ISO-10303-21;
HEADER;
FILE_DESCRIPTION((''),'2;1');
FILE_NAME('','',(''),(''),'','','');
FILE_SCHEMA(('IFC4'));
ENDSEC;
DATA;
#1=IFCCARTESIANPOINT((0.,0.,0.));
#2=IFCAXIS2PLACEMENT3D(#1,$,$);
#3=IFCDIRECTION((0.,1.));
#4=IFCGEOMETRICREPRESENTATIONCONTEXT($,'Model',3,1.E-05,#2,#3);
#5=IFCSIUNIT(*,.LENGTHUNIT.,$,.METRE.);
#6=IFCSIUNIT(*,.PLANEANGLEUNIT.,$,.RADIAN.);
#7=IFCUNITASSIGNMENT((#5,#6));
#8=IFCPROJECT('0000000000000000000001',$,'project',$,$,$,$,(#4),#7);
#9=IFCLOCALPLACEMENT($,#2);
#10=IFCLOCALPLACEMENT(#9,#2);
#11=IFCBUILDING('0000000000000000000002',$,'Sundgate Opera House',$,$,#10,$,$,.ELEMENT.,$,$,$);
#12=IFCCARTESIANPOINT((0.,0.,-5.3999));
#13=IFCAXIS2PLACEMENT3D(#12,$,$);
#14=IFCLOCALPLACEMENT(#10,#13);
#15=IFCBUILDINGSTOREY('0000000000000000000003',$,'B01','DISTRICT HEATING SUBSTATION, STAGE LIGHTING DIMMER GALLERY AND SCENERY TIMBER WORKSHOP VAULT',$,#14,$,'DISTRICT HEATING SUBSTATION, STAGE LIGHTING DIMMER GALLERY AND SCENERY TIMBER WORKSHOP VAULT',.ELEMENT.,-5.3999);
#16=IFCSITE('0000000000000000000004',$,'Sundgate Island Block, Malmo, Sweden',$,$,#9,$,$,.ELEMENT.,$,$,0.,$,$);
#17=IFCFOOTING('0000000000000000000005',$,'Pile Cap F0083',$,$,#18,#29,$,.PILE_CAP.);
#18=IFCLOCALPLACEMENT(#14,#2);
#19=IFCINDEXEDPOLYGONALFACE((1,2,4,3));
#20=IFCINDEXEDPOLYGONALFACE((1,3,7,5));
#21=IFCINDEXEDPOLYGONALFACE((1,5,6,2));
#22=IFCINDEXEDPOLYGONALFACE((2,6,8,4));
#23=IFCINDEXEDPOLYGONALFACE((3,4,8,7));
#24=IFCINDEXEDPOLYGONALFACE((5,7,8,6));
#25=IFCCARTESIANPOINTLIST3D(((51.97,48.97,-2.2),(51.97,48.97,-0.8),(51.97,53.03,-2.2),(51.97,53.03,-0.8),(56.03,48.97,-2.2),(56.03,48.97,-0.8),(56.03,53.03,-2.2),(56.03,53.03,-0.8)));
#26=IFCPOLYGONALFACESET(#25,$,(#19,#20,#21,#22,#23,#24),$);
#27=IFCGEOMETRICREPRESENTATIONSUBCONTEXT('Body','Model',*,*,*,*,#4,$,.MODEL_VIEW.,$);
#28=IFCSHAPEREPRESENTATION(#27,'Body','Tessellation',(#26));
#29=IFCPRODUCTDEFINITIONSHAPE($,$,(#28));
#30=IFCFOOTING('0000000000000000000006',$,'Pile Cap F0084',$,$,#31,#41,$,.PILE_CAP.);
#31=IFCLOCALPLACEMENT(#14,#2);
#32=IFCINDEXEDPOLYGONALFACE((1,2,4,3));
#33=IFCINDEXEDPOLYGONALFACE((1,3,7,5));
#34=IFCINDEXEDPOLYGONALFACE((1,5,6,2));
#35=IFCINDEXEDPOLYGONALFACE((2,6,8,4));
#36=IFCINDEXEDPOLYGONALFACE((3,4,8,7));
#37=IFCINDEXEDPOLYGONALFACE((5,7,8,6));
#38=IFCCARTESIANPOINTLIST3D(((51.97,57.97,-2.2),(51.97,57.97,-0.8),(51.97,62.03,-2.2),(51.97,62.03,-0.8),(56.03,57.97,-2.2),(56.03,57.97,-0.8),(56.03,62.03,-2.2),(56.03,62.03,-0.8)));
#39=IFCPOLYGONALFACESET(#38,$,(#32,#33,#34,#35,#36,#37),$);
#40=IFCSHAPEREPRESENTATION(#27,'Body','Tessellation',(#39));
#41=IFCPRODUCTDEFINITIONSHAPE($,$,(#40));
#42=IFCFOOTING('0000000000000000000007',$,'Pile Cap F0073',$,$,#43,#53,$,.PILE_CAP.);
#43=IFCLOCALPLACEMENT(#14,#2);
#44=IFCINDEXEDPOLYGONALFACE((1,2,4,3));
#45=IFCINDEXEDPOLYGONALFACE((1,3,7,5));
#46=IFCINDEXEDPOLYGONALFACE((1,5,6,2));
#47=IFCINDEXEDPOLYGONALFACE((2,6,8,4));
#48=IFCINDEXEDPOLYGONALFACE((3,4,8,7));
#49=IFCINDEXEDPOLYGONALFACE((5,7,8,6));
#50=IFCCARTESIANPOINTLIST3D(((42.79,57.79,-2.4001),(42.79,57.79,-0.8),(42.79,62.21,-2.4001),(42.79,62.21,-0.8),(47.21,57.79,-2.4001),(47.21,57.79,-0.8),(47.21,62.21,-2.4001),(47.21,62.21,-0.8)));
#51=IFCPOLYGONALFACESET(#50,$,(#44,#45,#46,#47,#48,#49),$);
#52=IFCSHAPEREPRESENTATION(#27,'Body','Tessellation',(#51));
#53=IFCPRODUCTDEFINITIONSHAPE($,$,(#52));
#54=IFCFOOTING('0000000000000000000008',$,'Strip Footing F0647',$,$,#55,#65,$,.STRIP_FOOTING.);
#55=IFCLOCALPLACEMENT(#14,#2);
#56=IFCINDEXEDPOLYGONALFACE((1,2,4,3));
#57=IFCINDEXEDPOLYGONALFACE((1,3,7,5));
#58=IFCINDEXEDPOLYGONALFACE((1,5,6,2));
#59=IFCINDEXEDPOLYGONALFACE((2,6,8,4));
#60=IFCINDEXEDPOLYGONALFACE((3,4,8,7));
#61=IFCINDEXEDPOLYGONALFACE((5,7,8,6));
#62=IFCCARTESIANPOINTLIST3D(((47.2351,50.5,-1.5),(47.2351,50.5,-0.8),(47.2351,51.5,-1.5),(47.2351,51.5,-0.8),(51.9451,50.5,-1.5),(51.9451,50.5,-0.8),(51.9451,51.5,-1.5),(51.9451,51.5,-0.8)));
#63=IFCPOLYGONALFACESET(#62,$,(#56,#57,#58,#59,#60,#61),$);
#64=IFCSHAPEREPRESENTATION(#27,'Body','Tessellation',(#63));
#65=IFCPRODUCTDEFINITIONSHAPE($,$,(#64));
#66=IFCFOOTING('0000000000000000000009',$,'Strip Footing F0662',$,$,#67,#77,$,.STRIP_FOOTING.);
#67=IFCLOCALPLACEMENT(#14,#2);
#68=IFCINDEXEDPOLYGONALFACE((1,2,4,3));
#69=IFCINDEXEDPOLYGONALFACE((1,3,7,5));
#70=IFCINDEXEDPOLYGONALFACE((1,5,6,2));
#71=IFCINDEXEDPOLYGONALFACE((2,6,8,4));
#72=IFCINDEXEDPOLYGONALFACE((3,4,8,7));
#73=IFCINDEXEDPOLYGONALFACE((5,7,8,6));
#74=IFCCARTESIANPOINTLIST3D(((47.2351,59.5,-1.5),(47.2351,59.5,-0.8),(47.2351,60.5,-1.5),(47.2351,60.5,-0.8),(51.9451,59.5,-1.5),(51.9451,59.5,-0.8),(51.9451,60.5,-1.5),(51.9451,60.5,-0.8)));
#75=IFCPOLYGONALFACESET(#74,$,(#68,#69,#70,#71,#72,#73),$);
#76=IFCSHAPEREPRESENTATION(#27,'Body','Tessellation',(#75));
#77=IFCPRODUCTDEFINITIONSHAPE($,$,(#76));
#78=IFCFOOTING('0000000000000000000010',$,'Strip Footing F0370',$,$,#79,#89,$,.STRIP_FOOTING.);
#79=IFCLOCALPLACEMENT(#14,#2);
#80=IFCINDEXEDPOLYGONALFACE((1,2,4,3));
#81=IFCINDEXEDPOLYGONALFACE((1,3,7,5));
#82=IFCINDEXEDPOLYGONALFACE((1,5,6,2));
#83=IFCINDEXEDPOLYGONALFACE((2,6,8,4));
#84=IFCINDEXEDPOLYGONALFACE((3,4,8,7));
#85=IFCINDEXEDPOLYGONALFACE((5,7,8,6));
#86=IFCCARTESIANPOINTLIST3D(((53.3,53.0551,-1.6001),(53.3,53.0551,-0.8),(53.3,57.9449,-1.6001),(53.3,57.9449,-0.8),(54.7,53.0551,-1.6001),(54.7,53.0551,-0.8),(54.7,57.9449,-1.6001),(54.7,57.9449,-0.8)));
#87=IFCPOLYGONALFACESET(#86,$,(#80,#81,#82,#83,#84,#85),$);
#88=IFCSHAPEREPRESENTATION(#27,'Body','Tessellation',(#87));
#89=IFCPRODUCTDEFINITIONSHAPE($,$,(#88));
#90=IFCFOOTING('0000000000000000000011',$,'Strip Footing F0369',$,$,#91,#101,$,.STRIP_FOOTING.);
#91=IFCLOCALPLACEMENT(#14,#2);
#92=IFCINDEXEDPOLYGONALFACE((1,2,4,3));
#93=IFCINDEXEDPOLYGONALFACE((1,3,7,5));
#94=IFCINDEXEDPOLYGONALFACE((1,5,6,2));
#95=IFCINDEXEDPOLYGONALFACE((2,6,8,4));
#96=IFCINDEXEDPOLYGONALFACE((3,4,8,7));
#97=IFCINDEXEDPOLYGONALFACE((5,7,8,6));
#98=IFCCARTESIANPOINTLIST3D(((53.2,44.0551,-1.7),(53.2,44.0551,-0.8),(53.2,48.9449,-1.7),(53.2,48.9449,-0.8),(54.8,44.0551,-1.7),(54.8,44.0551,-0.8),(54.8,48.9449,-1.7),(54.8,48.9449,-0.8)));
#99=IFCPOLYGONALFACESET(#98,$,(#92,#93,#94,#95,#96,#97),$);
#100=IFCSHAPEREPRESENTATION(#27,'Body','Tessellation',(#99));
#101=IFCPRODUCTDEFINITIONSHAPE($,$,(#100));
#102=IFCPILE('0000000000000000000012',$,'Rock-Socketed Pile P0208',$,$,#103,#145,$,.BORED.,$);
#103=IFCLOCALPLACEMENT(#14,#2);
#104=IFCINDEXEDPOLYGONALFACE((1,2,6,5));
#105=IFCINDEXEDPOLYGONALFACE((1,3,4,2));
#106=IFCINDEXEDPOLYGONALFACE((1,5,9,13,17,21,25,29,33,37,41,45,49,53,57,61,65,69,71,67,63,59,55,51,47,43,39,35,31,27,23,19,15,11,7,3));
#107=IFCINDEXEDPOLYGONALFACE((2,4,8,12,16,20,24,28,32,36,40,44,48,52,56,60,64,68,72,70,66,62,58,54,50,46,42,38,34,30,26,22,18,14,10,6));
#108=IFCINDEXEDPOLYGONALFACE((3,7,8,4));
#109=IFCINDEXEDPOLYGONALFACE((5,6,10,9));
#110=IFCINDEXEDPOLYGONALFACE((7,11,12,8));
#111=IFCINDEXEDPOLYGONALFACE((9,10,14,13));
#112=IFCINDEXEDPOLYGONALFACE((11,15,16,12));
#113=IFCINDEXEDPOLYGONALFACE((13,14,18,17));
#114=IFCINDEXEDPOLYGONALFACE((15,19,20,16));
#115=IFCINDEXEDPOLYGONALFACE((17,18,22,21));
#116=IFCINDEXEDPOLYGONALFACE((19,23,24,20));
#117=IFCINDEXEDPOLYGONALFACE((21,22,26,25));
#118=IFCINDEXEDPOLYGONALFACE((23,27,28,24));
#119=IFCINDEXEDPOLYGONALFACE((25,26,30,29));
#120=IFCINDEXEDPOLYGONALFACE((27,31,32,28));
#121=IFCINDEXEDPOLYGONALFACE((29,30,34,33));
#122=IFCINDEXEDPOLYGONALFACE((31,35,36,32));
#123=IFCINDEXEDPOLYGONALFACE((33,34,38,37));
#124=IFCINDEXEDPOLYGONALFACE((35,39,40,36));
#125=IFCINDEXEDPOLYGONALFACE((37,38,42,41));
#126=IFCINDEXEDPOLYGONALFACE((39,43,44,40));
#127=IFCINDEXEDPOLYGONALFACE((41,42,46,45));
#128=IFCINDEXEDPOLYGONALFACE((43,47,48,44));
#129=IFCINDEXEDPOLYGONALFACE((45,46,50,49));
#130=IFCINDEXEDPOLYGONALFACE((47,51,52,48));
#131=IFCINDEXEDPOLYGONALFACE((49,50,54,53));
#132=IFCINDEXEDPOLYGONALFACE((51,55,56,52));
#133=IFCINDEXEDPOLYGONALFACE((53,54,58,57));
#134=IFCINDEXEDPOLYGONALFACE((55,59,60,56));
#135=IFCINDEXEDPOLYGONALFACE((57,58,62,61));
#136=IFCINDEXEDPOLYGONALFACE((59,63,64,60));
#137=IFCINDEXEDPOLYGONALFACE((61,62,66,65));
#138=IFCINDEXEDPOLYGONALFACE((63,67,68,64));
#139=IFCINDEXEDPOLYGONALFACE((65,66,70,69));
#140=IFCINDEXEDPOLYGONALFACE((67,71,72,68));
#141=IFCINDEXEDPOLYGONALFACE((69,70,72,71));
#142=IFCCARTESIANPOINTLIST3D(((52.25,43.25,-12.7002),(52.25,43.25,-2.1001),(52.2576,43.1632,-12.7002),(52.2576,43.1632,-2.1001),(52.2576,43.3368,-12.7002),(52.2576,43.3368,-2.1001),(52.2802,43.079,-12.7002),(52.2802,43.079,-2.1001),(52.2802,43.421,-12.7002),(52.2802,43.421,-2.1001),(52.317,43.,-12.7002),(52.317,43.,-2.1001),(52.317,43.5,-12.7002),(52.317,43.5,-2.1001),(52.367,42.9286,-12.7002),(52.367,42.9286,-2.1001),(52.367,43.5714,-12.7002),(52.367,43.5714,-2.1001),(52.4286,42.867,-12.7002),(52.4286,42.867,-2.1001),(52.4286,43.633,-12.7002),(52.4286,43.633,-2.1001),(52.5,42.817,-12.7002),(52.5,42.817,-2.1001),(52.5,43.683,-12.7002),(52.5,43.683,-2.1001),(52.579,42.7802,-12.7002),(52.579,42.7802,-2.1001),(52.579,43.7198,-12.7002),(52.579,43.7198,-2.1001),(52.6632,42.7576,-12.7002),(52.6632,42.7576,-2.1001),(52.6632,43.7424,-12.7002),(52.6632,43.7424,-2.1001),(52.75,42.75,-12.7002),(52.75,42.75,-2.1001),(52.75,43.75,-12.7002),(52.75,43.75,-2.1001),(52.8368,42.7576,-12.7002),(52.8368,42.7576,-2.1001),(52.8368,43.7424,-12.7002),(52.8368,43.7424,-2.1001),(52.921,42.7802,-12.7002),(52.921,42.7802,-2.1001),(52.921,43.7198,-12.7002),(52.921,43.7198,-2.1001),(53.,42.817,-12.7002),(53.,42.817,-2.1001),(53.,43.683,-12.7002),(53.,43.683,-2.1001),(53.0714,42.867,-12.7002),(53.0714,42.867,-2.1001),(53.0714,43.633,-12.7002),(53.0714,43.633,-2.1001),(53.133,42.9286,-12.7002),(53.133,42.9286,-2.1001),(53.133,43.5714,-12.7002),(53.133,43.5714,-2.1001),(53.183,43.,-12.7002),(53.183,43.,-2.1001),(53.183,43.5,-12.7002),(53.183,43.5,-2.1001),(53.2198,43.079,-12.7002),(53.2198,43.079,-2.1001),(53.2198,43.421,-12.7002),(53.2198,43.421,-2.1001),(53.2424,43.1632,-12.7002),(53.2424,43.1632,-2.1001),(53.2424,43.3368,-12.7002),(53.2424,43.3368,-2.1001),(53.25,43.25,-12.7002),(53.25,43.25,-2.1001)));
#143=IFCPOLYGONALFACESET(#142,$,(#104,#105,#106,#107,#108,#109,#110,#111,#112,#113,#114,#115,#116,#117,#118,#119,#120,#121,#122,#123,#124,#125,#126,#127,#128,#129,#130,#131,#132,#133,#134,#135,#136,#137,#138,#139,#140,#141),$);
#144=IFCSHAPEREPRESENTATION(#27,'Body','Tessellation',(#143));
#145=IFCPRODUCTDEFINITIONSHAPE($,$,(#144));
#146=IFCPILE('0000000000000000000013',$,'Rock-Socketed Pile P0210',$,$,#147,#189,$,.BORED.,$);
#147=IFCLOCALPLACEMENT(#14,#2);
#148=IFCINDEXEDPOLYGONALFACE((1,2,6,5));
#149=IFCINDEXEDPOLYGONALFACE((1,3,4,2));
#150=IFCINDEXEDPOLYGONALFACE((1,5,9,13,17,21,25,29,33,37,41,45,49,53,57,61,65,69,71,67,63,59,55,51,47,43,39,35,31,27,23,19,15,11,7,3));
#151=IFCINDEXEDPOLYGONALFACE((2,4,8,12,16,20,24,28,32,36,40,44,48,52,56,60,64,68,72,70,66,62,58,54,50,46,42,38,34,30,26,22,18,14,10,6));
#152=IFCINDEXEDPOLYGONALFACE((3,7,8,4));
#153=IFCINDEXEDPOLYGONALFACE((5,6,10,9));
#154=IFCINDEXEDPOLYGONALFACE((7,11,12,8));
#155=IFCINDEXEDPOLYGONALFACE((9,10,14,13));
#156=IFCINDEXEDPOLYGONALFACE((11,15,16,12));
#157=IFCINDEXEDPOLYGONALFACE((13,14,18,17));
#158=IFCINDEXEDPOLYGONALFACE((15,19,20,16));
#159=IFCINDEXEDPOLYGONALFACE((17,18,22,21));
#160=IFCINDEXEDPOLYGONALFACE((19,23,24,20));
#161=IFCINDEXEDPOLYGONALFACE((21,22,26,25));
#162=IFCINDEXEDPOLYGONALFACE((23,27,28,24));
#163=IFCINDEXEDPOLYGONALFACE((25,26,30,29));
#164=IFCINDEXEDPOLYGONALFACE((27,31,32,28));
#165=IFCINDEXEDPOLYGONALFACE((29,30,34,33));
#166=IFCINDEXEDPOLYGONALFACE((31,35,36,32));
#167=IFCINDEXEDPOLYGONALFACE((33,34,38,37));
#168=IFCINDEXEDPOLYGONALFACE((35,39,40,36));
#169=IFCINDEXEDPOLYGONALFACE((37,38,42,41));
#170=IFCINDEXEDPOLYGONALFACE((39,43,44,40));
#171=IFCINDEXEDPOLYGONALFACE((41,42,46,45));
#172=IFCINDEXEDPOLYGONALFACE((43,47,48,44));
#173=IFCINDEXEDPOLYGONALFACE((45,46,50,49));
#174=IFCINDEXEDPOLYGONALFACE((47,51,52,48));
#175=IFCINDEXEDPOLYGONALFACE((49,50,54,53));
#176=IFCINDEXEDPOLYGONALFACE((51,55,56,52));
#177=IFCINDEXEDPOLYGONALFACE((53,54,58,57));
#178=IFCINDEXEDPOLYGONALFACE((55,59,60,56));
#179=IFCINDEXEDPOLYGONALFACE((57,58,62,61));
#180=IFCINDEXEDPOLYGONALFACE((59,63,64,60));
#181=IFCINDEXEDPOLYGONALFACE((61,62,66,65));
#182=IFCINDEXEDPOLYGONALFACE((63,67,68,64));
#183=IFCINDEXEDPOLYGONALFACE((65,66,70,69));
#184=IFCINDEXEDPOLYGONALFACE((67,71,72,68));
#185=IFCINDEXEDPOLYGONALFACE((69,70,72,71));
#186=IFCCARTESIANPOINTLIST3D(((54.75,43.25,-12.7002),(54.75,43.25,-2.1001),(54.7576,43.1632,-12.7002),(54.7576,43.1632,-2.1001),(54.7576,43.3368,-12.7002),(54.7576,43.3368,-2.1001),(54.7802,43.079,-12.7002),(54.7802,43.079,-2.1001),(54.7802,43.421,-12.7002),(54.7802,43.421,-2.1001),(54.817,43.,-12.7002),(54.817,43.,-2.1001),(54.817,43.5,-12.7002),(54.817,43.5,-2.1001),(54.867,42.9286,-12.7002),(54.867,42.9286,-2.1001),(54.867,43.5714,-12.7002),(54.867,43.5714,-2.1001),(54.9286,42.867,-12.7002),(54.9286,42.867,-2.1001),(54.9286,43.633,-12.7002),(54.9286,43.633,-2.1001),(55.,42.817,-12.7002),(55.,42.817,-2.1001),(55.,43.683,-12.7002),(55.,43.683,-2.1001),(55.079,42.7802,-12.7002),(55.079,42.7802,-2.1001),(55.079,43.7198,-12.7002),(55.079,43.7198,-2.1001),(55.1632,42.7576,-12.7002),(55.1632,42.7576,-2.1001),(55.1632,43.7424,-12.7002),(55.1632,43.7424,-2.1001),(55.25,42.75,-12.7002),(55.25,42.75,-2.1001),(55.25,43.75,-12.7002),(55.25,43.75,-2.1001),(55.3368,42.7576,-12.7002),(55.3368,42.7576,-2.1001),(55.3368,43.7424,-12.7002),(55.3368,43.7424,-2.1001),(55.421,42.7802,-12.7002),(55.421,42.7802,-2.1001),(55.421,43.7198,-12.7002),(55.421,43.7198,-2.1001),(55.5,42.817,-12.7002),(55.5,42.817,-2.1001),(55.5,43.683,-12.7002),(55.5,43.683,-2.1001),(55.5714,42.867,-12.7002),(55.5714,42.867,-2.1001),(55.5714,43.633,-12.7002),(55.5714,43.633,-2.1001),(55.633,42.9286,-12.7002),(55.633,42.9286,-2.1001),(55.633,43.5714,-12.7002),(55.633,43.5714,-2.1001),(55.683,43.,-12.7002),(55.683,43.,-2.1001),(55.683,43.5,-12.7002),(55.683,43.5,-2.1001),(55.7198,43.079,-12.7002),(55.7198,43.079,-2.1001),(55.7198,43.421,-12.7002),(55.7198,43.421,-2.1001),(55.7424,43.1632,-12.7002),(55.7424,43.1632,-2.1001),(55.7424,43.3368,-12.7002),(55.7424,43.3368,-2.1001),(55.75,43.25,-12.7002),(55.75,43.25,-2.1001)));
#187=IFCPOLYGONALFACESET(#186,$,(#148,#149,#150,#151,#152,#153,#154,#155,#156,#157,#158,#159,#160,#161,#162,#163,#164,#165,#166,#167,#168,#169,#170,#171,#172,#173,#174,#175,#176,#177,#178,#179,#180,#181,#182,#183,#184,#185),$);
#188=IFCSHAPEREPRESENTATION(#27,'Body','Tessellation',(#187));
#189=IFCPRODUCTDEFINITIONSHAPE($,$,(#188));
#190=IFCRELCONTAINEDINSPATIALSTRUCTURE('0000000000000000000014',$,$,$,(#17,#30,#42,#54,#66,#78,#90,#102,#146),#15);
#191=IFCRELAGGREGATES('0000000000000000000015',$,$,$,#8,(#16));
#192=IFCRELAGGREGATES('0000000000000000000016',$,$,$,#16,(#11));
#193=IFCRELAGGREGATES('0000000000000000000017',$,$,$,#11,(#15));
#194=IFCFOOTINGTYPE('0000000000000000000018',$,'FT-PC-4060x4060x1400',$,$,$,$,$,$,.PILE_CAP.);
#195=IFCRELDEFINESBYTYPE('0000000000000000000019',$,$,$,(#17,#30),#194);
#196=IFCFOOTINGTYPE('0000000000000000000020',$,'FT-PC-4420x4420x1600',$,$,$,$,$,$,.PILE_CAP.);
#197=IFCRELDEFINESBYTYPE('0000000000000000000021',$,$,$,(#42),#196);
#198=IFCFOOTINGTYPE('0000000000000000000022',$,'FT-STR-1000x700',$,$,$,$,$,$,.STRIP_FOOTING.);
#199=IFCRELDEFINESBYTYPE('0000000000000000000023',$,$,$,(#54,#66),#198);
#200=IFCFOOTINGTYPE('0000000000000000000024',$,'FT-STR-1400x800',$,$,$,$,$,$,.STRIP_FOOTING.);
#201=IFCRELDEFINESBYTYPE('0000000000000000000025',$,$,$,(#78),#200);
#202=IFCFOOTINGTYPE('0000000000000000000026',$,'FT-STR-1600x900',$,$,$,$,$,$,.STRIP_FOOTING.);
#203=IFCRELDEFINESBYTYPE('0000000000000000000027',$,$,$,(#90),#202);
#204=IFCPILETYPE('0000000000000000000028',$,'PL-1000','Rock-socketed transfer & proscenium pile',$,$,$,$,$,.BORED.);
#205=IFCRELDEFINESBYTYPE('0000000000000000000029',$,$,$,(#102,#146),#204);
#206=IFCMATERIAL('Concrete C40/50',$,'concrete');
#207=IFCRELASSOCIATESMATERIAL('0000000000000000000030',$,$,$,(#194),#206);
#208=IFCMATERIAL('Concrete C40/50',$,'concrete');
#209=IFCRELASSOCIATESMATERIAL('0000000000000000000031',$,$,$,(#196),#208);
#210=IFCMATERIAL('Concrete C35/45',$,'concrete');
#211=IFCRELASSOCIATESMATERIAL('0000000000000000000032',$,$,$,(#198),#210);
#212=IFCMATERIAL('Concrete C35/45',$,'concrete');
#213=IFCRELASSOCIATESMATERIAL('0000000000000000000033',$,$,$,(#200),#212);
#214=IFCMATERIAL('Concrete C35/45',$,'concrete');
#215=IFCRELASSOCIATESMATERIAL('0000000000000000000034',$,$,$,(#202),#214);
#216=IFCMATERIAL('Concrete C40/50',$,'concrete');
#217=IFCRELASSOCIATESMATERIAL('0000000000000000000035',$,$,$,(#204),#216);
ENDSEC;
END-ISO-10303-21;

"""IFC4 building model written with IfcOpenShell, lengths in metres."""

from ifc_helpers import new_model, si_unit, direction, frame, origin, origin_2d, place, context, subcontext, project, spatial, rectangle, circle, extrude, material, material_profile, profile_set, type_object, element, save


model = new_model("IFC4")

# Units and contexts
model_context = context("Model", 3, precision=1e-05, world=origin(), true_north=direction((0.0, 1.0)))
body_context = subcontext(model_context, "Body", "Model", "MODEL_VIEW")
ifc_project = project(units=[si_unit("LENGTHUNIT", "METRE"), si_unit("PLANEANGLEUNIT", "RADIAN")], contexts=[model_context])

# Site, building, storey
site_placement = place(None, origin())
site = spatial("IfcSite", under=ifc_project, at=site_placement, Name="Sundgate Island Block, Malmo, Sweden", CompositionType="ELEMENT", RefElevation=0.0)
building_placement = place(site_placement, origin())
building = spatial("IfcBuilding", under=site, at=building_placement, Name="Sundgate Opera House", CompositionType="ELEMENT")
storey_placement = place(building_placement, frame((0.0, 0.0, -5.3999)))
storey = spatial("IfcBuildingStorey", under=building, at=storey_placement, Name="B01", Description="DISTRICT HEATING SUBSTATION, STAGE LIGHTING DIMMER GALLERY AND SCENERY TIMBER WORKSHOP VAULT", LongName="DISTRICT HEATING SUBSTATION, STAGE LIGHTING DIMMER GALLERY AND SCENERY TIMBER WORKSHOP VAULT", CompositionType="ELEMENT", Elevation=-5.3999)

# Footings
ifc_material_1 = material(Name="Concrete C40/50", Category="concrete")
footing_type_1 = type_object("IfcFootingType", Name="FT-PC-4060x4060x1400", PredefinedType="PILE_CAP", material=ifc_material_1)
for number, where, z_axis, x_axis, name in (
    (1, (54.0, 51.0, -2.2), (0.0, 0.0, 1.0), (1.0, 0.0, 0.0), "Pile Cap F0083"),
    (2, (54.0, 60.0, -2.2), (0.0, 0.0, 1.0), (1.0, 0.0, 0.0), "Pile Cap F0084"),
):
    element("IfcFooting", number, at=place(storey_placement, frame(where, z_axis=z_axis, x_axis=x_axis)), inside=storey, type_object=footing_type_1, Name=name, PredefinedType="PILE_CAP", context=body_context, shape_type="SweptSolid", body=[
        extrude(rectangle(XDim=4.0601, YDim=4.0601, at=origin_2d()), origin(), (0.0, 0.0, 1.0), 1.3999),
    ])
ifc_material_2 = material(Name="Concrete C40/50", Category="concrete")
footing_type_2 = type_object("IfcFootingType", Name="FT-PC-4420x4420x1600", PredefinedType="PILE_CAP", material=ifc_material_2)
footing_1_placement = place(storey_placement, frame((45.0, 60.0, -2.4001), z_axis=(0.0, 0.0, 1.0), x_axis=(1.0, 0.0, 0.0)))
element("IfcFooting", 3, at=footing_1_placement, inside=storey, type_object=footing_type_2, Name="Pile Cap F0073", PredefinedType="PILE_CAP", context=body_context, shape_type="SweptSolid", body=[
    extrude(rectangle(XDim=4.4199, YDim=4.4199, at=origin_2d()), origin(), (0.0, 0.0, 1.0), 1.6001),
])
ifc_material_3 = material(Name="Concrete C35/45", Category="concrete")
footing_type_3 = type_object("IfcFootingType", Name="FT-STR-1000x700", PredefinedType="STRIP_FOOTING", material=ifc_material_3)
for number, where, z_axis, x_axis, name in (
    (4, (49.5901, 51.0, -1.5), (0.0, 0.0, 1.0), (1.0, 0.0, 0.0), "Strip Footing F0647"),
    (5, (49.5901, 60.0, -1.5), (0.0, 0.0, 1.0), (1.0, 0.0, 0.0), "Strip Footing F0662"),
):
    element("IfcFooting", number, at=place(storey_placement, frame(where, z_axis=z_axis, x_axis=x_axis)), inside=storey, type_object=footing_type_3, Name=name, PredefinedType="STRIP_FOOTING", context=body_context, shape_type="SweptSolid", body=[
        extrude(rectangle(XDim=4.71, YDim=1.0, at=origin_2d()), origin(), (0.0, 0.0, 1.0), 0.7),
    ])
ifc_material_4 = material(Name="Concrete C35/45", Category="concrete")
footing_type_4 = type_object("IfcFootingType", Name="FT-STR-1400x800", PredefinedType="STRIP_FOOTING", material=ifc_material_4)
footing_2_placement = place(storey_placement, frame((54.0, 55.5, -1.6001), z_axis=(0.0, 0.0, 1.0), x_axis=(1.0, 0.0, 0.0)))
element("IfcFooting", 6, at=footing_2_placement, inside=storey, type_object=footing_type_4, Name="Strip Footing F0370", PredefinedType="STRIP_FOOTING", context=body_context, shape_type="SweptSolid", body=[
    extrude(rectangle(XDim=1.3999, YDim=4.8899, at=origin_2d()), origin(), (0.0, 0.0, 1.0), 0.8),
])
ifc_material_5 = material(Name="Concrete C35/45", Category="concrete")
footing_type_5 = type_object("IfcFootingType", Name="FT-STR-1600x900", PredefinedType="STRIP_FOOTING", material=ifc_material_5)
footing_3_placement = place(storey_placement, frame((54.0, 46.5, -1.7), z_axis=(0.0, 0.0, 1.0), x_axis=(1.0, 0.0, 0.0)))
element("IfcFooting", 7, at=footing_3_placement, inside=storey, type_object=footing_type_5, Name="Strip Footing F0369", PredefinedType="STRIP_FOOTING", context=body_context, shape_type="SweptSolid", body=[
    extrude(rectangle(XDim=1.6001, YDim=4.8899, at=origin_2d()), origin(), (0.0, 0.0, 1.0), 0.8999),
])

# Piles
ifc_material_6 = material(Name="Concrete C40/50", Category="concrete")
ifc_material_profile_1 = material_profile(ifc_material_6, circle(Radius=0.5, at=origin_2d()), Name="PILE D1000")
ifc_profile_set_1 = profile_set([ifc_material_profile_1], Name="Concrete C40/50")
pile_type_1 = type_object("IfcPileType", Name="PL-1000", Description="Rock-socketed transfer & proscenium pile", PredefinedType="BORED", material=ifc_profile_set_1)
for number, where, z_axis, x_axis, name in (
    (8, (52.75, 43.25, -2.1001), (0.0, 0.0, -1.0), (1.0, 0.0, 0.0), "Rock-Socketed Pile P0208"),
    (9, (55.25, 43.25, -2.1001), (0.0, 0.0, -1.0), (1.0, 0.0, 0.0), "Rock-Socketed Pile P0210"),
):
    element("IfcPile", number, at=place(storey_placement, frame(where, z_axis=z_axis, x_axis=x_axis)), inside=storey, type_object=pile_type_1, Name=name, PredefinedType="BORED", context=body_context, shape_type="SweptSolid", body=[
        extrude(circle(Radius=0.5, at=origin_2d()), origin(), (0.0, 0.0, 1.0), 10.6001),
    ])

save(model, "model.ifc")
